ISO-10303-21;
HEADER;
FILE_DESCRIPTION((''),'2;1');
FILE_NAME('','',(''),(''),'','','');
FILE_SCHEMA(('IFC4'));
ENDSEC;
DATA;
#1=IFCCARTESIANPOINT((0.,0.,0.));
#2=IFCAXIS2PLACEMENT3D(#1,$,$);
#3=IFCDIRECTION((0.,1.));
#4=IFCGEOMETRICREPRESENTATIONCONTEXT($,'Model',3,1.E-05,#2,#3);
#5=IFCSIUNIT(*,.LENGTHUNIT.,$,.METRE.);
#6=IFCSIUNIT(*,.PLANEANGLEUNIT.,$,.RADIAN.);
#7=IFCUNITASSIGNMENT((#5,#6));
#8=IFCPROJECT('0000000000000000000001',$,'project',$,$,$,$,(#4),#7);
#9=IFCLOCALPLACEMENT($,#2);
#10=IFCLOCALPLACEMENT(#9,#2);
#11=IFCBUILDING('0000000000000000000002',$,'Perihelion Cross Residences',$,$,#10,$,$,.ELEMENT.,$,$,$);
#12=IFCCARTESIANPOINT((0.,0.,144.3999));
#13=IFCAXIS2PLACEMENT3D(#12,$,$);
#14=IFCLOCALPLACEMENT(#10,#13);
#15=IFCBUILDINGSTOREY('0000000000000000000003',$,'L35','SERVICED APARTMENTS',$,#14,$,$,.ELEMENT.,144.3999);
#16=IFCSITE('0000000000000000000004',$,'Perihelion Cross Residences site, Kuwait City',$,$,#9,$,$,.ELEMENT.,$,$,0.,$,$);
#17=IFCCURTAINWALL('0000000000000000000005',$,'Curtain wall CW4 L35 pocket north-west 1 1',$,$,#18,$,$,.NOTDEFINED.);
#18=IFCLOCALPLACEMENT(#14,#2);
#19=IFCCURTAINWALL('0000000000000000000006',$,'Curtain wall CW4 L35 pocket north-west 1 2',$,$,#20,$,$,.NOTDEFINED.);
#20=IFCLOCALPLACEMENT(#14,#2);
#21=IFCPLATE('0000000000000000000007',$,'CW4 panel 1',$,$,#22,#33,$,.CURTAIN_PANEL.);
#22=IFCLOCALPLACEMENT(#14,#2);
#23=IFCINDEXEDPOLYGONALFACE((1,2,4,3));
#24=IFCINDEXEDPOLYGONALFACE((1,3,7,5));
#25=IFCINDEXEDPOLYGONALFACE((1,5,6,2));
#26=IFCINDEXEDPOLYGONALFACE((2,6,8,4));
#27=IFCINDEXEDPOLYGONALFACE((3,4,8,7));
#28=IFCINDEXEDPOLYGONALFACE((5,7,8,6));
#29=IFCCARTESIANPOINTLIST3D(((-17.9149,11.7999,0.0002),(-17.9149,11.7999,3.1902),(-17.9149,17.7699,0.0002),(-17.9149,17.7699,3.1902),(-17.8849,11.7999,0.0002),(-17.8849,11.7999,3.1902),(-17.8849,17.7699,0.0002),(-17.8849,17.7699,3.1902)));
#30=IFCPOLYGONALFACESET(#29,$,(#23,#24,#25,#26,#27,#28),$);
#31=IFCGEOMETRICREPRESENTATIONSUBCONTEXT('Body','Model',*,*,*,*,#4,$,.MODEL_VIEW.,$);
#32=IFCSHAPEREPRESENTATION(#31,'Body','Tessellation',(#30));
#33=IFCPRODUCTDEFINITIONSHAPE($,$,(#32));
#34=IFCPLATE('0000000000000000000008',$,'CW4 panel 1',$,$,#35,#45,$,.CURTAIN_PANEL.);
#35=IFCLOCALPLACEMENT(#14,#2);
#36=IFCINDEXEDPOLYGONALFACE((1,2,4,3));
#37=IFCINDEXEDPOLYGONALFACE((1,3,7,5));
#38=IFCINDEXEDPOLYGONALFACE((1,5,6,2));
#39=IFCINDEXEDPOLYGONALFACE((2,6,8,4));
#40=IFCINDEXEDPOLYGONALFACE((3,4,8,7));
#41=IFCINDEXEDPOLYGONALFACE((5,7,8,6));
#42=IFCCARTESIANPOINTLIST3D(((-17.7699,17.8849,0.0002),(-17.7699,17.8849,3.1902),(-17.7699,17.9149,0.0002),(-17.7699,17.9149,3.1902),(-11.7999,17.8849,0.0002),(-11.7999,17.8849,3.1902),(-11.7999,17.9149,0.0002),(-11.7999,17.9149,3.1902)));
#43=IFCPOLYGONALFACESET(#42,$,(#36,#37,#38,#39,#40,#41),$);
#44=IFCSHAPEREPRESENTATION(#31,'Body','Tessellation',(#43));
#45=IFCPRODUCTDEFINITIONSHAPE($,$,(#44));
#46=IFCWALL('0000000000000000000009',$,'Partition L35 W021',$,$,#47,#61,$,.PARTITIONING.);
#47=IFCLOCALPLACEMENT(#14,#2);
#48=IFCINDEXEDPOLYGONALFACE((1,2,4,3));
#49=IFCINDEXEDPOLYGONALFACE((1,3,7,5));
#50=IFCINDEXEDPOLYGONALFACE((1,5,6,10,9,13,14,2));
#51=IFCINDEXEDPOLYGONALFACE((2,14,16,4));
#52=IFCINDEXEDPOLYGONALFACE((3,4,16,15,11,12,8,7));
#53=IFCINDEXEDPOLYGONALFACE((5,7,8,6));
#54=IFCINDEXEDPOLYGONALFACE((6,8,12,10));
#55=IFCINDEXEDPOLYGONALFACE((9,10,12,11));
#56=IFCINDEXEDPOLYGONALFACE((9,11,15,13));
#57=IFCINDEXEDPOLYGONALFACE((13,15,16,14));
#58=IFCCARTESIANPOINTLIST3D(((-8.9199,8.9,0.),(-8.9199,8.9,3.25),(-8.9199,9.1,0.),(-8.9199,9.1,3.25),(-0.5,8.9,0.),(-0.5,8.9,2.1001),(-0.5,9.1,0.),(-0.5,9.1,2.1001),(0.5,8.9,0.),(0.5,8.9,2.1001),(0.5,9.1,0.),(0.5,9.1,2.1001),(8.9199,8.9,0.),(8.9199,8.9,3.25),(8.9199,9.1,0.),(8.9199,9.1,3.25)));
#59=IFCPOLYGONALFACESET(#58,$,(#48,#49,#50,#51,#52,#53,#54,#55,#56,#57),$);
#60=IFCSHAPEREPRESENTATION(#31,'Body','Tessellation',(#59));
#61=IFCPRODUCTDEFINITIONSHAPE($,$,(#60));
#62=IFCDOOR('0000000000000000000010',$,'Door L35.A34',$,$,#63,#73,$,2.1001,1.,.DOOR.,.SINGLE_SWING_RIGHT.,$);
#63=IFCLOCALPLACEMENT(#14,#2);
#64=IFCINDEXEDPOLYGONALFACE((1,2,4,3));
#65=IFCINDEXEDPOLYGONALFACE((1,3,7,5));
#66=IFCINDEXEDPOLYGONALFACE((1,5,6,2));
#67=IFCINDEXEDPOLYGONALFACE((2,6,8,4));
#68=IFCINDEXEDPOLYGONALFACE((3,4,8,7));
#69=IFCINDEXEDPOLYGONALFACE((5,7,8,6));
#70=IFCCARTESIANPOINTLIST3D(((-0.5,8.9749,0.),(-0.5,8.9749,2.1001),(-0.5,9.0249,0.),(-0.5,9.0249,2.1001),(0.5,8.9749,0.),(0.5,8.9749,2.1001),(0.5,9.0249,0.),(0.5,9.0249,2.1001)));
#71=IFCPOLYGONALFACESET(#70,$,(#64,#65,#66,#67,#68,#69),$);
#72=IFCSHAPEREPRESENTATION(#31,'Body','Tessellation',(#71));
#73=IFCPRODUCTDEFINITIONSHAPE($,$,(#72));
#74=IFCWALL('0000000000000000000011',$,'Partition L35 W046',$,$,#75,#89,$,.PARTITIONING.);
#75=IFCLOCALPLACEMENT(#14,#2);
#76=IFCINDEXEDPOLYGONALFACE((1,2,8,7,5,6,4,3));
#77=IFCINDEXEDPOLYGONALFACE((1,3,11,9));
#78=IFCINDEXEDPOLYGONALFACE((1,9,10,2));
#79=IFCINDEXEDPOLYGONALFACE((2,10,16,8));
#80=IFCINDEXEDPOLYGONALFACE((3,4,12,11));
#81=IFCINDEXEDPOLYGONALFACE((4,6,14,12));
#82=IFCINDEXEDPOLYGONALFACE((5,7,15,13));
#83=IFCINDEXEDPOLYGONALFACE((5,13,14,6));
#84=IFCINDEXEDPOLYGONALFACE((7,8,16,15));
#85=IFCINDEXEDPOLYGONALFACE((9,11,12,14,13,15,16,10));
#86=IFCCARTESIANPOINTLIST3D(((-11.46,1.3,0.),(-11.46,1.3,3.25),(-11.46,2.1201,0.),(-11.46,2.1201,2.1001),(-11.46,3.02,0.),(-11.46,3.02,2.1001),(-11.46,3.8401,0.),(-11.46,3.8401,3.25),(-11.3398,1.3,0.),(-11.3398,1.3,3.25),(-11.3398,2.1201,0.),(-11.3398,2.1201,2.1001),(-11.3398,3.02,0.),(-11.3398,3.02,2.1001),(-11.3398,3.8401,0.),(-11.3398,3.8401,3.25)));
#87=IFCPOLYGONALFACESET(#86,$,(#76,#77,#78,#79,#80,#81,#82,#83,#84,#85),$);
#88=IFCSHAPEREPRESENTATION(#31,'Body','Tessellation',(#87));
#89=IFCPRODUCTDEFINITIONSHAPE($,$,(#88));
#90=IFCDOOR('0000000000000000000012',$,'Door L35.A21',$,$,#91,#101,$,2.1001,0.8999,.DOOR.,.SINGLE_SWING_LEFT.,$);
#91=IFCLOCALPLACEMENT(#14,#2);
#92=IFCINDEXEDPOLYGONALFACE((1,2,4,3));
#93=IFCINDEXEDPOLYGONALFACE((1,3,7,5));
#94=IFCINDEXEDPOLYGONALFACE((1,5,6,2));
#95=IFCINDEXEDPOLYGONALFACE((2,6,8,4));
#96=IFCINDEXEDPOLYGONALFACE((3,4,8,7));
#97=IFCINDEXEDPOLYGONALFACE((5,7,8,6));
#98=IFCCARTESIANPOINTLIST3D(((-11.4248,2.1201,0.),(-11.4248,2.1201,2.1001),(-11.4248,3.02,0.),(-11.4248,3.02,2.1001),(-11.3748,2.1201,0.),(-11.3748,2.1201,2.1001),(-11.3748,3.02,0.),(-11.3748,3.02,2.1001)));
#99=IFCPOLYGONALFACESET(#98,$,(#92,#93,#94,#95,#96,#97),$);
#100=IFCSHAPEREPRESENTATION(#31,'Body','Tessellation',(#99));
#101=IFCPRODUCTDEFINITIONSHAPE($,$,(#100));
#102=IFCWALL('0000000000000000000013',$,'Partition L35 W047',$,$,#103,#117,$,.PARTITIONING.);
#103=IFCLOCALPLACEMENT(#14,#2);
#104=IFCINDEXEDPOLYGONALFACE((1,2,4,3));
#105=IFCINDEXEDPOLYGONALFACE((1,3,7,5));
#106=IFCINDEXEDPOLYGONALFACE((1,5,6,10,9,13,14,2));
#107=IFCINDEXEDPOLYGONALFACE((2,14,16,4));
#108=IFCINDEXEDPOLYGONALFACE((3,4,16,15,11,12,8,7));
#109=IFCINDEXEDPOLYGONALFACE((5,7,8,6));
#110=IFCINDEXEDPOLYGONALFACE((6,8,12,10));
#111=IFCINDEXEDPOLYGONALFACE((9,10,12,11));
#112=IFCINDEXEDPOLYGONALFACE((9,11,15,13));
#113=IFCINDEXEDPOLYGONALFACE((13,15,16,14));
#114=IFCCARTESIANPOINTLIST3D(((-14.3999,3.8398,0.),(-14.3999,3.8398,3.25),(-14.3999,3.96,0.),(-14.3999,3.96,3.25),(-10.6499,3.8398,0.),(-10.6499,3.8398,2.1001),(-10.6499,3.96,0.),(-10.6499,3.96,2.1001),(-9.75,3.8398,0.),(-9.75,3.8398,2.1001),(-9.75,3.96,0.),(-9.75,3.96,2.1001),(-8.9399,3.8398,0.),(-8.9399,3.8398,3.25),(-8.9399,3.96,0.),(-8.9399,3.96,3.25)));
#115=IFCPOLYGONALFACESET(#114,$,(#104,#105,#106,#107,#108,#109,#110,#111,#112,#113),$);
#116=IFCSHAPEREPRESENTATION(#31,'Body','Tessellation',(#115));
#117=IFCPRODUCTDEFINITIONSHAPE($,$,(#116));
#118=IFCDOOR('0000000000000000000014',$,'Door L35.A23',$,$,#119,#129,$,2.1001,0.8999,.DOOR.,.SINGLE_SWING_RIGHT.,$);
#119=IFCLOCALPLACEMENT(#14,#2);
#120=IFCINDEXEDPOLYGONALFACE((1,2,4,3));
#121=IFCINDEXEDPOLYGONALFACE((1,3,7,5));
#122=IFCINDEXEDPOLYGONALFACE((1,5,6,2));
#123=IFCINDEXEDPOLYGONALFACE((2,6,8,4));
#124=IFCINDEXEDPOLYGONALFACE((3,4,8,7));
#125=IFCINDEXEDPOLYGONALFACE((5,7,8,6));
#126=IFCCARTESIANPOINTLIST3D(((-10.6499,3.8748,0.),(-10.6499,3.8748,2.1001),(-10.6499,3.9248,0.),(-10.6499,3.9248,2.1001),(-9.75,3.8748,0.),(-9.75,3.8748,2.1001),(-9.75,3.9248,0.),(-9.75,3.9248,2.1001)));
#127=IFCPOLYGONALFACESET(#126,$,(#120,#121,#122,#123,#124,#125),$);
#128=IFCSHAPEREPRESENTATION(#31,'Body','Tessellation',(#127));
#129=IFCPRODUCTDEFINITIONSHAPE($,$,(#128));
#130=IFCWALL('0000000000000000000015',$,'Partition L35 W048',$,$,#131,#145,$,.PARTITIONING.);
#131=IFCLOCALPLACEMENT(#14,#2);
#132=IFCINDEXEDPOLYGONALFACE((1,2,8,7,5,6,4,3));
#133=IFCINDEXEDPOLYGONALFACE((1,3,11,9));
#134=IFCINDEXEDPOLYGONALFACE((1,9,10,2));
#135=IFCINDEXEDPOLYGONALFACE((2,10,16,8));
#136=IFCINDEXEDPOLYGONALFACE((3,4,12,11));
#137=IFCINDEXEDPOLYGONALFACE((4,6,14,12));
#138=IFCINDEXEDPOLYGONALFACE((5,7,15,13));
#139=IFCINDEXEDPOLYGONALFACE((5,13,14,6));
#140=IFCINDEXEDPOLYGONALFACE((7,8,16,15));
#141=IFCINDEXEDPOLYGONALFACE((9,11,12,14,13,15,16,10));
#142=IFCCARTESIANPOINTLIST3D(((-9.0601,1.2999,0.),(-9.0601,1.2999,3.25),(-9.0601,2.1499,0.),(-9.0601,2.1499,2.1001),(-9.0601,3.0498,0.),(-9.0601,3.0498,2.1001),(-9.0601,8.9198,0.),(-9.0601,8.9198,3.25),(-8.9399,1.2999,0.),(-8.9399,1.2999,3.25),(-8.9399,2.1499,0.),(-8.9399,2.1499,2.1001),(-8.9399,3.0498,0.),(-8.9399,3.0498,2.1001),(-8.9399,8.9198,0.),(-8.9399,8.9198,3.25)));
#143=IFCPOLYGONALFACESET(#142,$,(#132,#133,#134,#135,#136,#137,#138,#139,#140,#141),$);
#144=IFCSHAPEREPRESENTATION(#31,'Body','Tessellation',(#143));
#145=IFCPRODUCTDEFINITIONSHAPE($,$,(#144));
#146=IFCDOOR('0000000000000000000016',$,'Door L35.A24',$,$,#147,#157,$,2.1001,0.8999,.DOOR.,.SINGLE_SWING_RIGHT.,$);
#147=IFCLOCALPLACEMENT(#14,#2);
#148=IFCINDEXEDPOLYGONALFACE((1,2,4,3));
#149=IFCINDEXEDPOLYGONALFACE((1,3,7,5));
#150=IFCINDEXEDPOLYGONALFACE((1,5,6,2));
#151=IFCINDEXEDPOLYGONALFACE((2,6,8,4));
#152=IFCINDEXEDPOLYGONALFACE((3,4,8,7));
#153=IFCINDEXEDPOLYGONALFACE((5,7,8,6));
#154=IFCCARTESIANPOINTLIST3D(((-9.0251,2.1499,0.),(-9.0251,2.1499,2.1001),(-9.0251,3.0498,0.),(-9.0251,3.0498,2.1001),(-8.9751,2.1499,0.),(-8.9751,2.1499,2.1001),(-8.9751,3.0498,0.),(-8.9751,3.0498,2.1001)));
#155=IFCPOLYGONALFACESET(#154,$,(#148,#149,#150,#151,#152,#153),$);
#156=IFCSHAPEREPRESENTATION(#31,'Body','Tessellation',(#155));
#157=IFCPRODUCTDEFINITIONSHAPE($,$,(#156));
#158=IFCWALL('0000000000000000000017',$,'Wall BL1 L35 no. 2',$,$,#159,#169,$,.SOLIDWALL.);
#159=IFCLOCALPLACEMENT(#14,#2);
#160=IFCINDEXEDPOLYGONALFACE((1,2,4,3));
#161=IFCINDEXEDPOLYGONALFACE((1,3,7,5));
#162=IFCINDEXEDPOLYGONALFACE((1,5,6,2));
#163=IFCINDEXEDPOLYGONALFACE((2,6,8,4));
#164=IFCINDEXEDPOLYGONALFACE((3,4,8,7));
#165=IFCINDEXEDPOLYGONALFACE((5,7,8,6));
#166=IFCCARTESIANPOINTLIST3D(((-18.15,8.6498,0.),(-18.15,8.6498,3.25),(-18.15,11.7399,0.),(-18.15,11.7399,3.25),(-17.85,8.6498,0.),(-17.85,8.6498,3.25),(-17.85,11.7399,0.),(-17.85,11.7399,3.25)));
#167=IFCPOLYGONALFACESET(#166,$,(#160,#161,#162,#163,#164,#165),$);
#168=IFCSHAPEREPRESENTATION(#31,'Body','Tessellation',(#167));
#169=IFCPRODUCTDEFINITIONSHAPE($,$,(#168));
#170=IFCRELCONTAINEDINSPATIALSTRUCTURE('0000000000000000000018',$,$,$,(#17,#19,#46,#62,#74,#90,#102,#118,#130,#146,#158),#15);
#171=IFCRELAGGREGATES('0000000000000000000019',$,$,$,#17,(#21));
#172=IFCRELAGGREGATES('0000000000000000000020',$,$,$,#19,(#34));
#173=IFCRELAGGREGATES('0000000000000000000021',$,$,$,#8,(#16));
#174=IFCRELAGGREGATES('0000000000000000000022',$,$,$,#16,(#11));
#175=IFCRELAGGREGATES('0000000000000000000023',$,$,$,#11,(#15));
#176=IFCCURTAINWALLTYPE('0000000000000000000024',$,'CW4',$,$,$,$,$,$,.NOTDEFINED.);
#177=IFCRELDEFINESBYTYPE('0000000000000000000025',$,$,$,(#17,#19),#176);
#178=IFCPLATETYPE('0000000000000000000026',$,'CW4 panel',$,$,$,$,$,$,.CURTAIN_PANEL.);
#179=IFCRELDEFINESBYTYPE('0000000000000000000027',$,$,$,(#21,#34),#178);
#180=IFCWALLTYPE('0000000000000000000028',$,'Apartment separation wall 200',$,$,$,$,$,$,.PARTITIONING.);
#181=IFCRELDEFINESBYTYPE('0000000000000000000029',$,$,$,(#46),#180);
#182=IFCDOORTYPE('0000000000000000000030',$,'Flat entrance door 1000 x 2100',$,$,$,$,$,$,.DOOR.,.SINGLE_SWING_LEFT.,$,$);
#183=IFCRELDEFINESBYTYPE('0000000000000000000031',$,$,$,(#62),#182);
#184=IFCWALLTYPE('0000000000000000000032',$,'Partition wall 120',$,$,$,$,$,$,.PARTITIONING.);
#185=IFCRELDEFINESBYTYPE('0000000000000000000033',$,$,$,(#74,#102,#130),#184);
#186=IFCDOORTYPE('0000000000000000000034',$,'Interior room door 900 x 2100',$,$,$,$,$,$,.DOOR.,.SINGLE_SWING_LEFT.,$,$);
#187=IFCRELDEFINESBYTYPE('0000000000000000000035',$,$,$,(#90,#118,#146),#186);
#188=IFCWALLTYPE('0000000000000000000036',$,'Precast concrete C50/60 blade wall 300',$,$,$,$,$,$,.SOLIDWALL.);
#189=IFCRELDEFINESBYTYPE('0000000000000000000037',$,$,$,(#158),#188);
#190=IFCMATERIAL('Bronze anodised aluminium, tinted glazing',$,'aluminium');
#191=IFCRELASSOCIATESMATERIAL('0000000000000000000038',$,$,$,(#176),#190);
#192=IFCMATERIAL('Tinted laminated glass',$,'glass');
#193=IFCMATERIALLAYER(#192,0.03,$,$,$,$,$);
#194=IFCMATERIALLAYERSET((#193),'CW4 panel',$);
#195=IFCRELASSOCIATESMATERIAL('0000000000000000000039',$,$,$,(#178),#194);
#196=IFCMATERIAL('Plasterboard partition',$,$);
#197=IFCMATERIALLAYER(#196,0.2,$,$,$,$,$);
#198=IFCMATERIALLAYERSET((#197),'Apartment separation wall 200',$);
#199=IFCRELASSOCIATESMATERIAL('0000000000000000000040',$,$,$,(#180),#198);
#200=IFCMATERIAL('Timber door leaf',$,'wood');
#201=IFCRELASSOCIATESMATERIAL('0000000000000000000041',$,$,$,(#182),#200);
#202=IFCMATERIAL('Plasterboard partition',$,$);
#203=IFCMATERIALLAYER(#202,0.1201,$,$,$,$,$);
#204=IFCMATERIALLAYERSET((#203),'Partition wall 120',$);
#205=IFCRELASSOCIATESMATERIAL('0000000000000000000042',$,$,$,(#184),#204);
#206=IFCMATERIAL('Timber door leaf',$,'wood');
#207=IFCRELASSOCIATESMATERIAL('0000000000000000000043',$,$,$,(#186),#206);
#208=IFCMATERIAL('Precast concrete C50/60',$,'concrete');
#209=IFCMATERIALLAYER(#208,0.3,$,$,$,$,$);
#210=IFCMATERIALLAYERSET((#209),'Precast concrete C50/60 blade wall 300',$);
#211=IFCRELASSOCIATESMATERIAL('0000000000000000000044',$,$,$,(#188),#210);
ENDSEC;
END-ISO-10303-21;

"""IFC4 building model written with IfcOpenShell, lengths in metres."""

from ifc_helpers import new_model, si_unit, direction, frame, frame_2d, origin, origin_2d, place, context, subcontext, project, spatial, rectangle, extrude, material, layer, layer_set, type_object, element, fill, aggregate, save


model = new_model("IFC4")

# Units and contexts
model_context = context("Model", 3, precision=1e-05, world=origin(), true_north=direction((0.0, 1.0)))
body_context = subcontext(model_context, "Body", "Model", "MODEL_VIEW")
ifc_project = project(units=[si_unit("LENGTHUNIT", "METRE"), si_unit("PLANEANGLEUNIT", "RADIAN")], contexts=[model_context])

# Site, building, storey
site_placement = place(None, origin())
site = spatial("IfcSite", under=ifc_project, at=site_placement, Name="Perihelion Cross Residences site, Kuwait City", CompositionType="ELEMENT", RefElevation=0.0)
building_placement = place(site_placement, origin())
building = spatial("IfcBuilding", under=site, at=building_placement, Name="Perihelion Cross Residences", CompositionType="ELEMENT")
storey_placement = place(building_placement, frame((0.0, 0.0, 144.3999)))
storey = spatial("IfcBuildingStorey", under=building, at=storey_placement, Name="L35", Description="SERVICED APARTMENTS", CompositionType="ELEMENT", Elevation=144.3999)

# Curtain walls
ifc_material_1 = material(Name="Bronze anodised aluminium, tinted glazing", Category="aluminium")
curtain_wall_type_1 = type_object("IfcCurtainWallType", Name="CW4", PredefinedType="NOTDEFINED", material=ifc_material_1)
curtain_wall_1_placement = place(storey_placement, origin())
curtain_wall_1 = element("IfcCurtainWall", 1, at=curtain_wall_1_placement, inside=storey, type_object=curtain_wall_type_1, Name="Curtain wall CW4 L35 pocket north-west 1 1", PredefinedType="NOTDEFINED")
curtain_wall_2_placement = place(storey_placement, origin())
curtain_wall_2 = element("IfcCurtainWall", 2, at=curtain_wall_2_placement, inside=storey, type_object=curtain_wall_type_1, Name="Curtain wall CW4 L35 pocket north-west 1 2", PredefinedType="NOTDEFINED")

# Plates
ifc_material_2 = material(Name="Tinted laminated glass", Category="glass")
ifc_layer_1 = layer(ifc_material_2, 0.03)
ifc_layer_set_1 = layer_set([ifc_layer_1], Name="CW4 panel")
plate_type_1 = type_object("IfcPlateType", Name="CW4 panel", PredefinedType="CURTAIN_PANEL", material=ifc_layer_set_1)
plate_1_placement = place(storey_placement, frame((-17.8999, 14.7849, 0.0002), z_axis=(0.0, 0.0, 1.0), x_axis=(0.0, 1.0, 0.0)))
plate_1 = element("IfcPlate", 3, at=plate_1_placement, type_object=plate_type_1, Name="CW4 panel 1", PredefinedType="CURTAIN_PANEL", context=body_context, shape_type="SweptSolid", body=[
    extrude(rectangle(XDim=5.97, YDim=0.03, at=origin_2d()), origin(), (0.0, 0.0, 1.0), 3.1899),
])
aggregate(curtain_wall_1, [plate_1])
plate_2_placement = place(storey_placement, frame((-14.7849, 17.8999, 0.0002), z_axis=(0.0, 0.0, 1.0), x_axis=(1.0, 0.0, 0.0)))
plate_2 = element("IfcPlate", 4, at=plate_2_placement, type_object=plate_type_1, Name="CW4 panel 1", PredefinedType="CURTAIN_PANEL", context=body_context, shape_type="SweptSolid", body=[
    extrude(rectangle(XDim=5.97, YDim=0.03, at=origin_2d()), origin(), (0.0, 0.0, 1.0), 3.1899),
])
aggregate(curtain_wall_2, [plate_2])

# Walls, openings, doors
ifc_material_3 = material(Name="Plasterboard partition")
ifc_layer_2 = layer(ifc_material_3, 0.2)
ifc_layer_set_2 = layer_set([ifc_layer_2], Name="Apartment separation wall 200")
wall_type_1 = type_object("IfcWallType", Name="Apartment separation wall 200", PredefinedType="PARTITIONING", material=ifc_layer_set_2)
wall_1_placement = place(storey_placement, frame((-8.9199, 9.0, 0.0), z_axis=(0.0, 0.0, 1.0), x_axis=(1.0, 0.0, 0.0)))
wall_1 = element("IfcWall", 5, at=wall_1_placement, inside=storey, type_object=wall_type_1, Name="Partition L35 W021", PredefinedType="PARTITIONING", context=body_context, shape_type="SweptSolid", body=[
    extrude(rectangle(XDim=17.8398, YDim=0.2, at=frame_2d((8.9199, 0.0))), origin(), (0.0, 0.0, 1.0), 3.25),
])
opening_1_placement = place(wall_1_placement, frame((8.4199, 0.0, 0.0)))
opening_1 = element("IfcOpeningElement", 6, at=opening_1_placement, cuts=wall_1, PredefinedType="OPENING", context=body_context, shape_type="SweptSolid", body=[
    extrude(rectangle(XDim=1.0, YDim=2.1001, at=frame_2d((0.5, 1.05))), frame((0.0, 0.1099, 0.0), z_axis=(0.0, -1.0, 0.0), x_axis=(1.0, 0.0, 0.0)), (0.0, 0.0, 1.0), 0.22),
])
ifc_material_4 = material(Name="Timber door leaf", Category="wood")
door_type_1 = type_object("IfcDoorType", Name="Flat entrance door 1000 x 2100", OperationType="SINGLE_SWING_LEFT", PredefinedType="DOOR", material=ifc_material_4)
door_1_placement = place(opening_1_placement, origin())
door_1 = element("IfcDoor", 7, at=door_1_placement, inside=storey, type_object=door_type_1, Name="Door L35.A34", OperationType="SINGLE_SWING_RIGHT", OverallHeight=2.1001, OverallWidth=1.0, PredefinedType="DOOR", context=body_context, shape_type="SweptSolid", body=[
    extrude(rectangle(XDim=1.0, YDim=2.1001, at=frame_2d((0.5, 1.05))), frame((0.0, 0.0249, 0.0), z_axis=(0.0, -1.0, 0.0), x_axis=(1.0, 0.0, 0.0)), (0.0, 0.0, 1.0), 0.05),
])
fill(opening_1, door_1)
ifc_material_5 = material(Name="Plasterboard partition")
ifc_layer_3 = layer(ifc_material_5, 0.1201)
ifc_layer_set_3 = layer_set([ifc_layer_3], Name="Partition wall 120")
wall_type_2 = type_object("IfcWallType", Name="Partition wall 120", PredefinedType="PARTITIONING", material=ifc_layer_set_3)
wall_2_placement = place(storey_placement, frame((-11.3999, 1.3, 0.0), z_axis=(0.0, 0.0, 1.0), x_axis=(0.0, 1.0, 0.0)))
wall_2 = element("IfcWall", 8, at=wall_2_placement, inside=storey, type_object=wall_type_2, Name="Partition L35 W046", PredefinedType="PARTITIONING", context=body_context, shape_type="SweptSolid", body=[
    extrude(rectangle(XDim=2.54, YDim=0.1201, at=frame_2d((1.27, 0.0))), origin(), (0.0, 0.0, 1.0), 3.25),
])
opening_2_placement = place(wall_2_placement, frame((0.8201, 0.0, 0.0)))
opening_2 = element("IfcOpeningElement", 9, at=opening_2_placement, cuts=wall_2, PredefinedType="OPENING", context=body_context, shape_type="SweptSolid", body=[
    extrude(rectangle(XDim=0.8999, YDim=2.1001, at=frame_2d((0.45, 1.05))), frame((0.0, 0.0701, 0.0), z_axis=(0.0, -1.0, 0.0), x_axis=(1.0, 0.0, 0.0)), (0.0, 0.0, 1.0), 0.1401),
])
ifc_material_6 = material(Name="Timber door leaf", Category="wood")
door_type_2 = type_object("IfcDoorType", Name="Interior room door 900 x 2100", OperationType="SINGLE_SWING_LEFT", PredefinedType="DOOR", material=ifc_material_6)
door_2_placement = place(opening_2_placement, origin())
door_2 = element("IfcDoor", 10, at=door_2_placement, inside=storey, type_object=door_type_2, Name="Door L35.A21", OperationType="SINGLE_SWING_LEFT", OverallHeight=2.1001, OverallWidth=0.8999, PredefinedType="DOOR", context=body_context, shape_type="SweptSolid", body=[
    extrude(rectangle(XDim=0.8999, YDim=2.1001, at=frame_2d((0.45, 1.05))), frame((0.0, 0.0249, 0.0), z_axis=(0.0, -1.0, 0.0), x_axis=(1.0, 0.0, 0.0)), (0.0, 0.0, 1.0), 0.05),
])
fill(opening_2, door_2)
wall_3_placement = place(storey_placement, frame((-14.3999, 3.8999, 0.0), z_axis=(0.0, 0.0, 1.0), x_axis=(1.0, 0.0, 0.0)))
wall_3 = element("IfcWall", 11, at=wall_3_placement, inside=storey, type_object=wall_type_2, Name="Partition L35 W047", PredefinedType="PARTITIONING", context=body_context, shape_type="SweptSolid", body=[
    extrude(rectangle(XDim=5.46, YDim=0.1201, at=frame_2d((2.73, 0.0))), origin(), (0.0, 0.0, 1.0), 3.25),
])
opening_3_placement = place(wall_3_placement, frame((3.75, 0.0, 0.0)))
opening_3 = element("IfcOpeningElement", 12, at=opening_3_placement, cuts=wall_3, PredefinedType="OPENING", context=body_context, shape_type="SweptSolid", body=[
    extrude(rectangle(XDim=0.8999, YDim=2.1001, at=frame_2d((0.45, 1.05))), frame((0.0, 0.0701, 0.0), z_axis=(0.0, -1.0, 0.0), x_axis=(1.0, 0.0, 0.0)), (0.0, 0.0, 1.0), 0.1401),
])
door_3_placement = place(opening_3_placement, origin())
door_3 = element("IfcDoor", 13, at=door_3_placement, inside=storey, type_object=door_type_2, Name="Door L35.A23", OperationType="SINGLE_SWING_RIGHT", OverallHeight=2.1001, OverallWidth=0.8999, PredefinedType="DOOR", context=body_context, shape_type="SweptSolid", body=[
    extrude(rectangle(XDim=0.8999, YDim=2.1001, at=frame_2d((0.45, 1.05))), frame((0.0, 0.0249, 0.0), z_axis=(0.0, -1.0, 0.0), x_axis=(1.0, 0.0, 0.0)), (0.0, 0.0, 1.0), 0.05),
])
fill(opening_3, door_3)
wall_4_placement = place(storey_placement, frame((-9.0, 8.9199, 0.0), z_axis=(0.0, 0.0, 1.0), x_axis=(0.0, -1.0, 0.0)))
wall_4 = element("IfcWall", 14, at=wall_4_placement, inside=storey, type_object=wall_type_2, Name="Partition L35 W048", PredefinedType="PARTITIONING", context=body_context, shape_type="SweptSolid", body=[
    extrude(rectangle(XDim=7.6199, YDim=0.1201, at=frame_2d((3.8101, 0.0))), origin(), (0.0, 0.0, 1.0), 3.25),
])
opening_4_placement = place(wall_4_placement, frame((5.8701, 0.0, 0.0)))
opening_4 = element("IfcOpeningElement", 15, at=opening_4_placement, cuts=wall_4, PredefinedType="OPENING", context=body_context, shape_type="SweptSolid", body=[
    extrude(rectangle(XDim=0.8999, YDim=2.1001, at=frame_2d((0.45, 1.05))), frame((0.0, 0.0701, 0.0), z_axis=(0.0, -1.0, 0.0), x_axis=(1.0, 0.0, 0.0)), (0.0, 0.0, 1.0), 0.1401),
])
door_4_placement = place(opening_4_placement, origin())
door_4 = element("IfcDoor", 16, at=door_4_placement, inside=storey, type_object=door_type_2, Name="Door L35.A24", OperationType="SINGLE_SWING_RIGHT", OverallHeight=2.1001, OverallWidth=0.8999, PredefinedType="DOOR", context=body_context, shape_type="SweptSolid", body=[
    extrude(rectangle(XDim=0.8999, YDim=2.1001, at=frame_2d((0.45, 1.05))), frame((0.0, 0.0249, 0.0), z_axis=(0.0, -1.0, 0.0), x_axis=(1.0, 0.0, 0.0)), (0.0, 0.0, 1.0), 0.05),
])
fill(opening_4, door_4)

# Wall
ifc_material_7 = material(Name="Precast concrete C50/60", Category="concrete")
ifc_layer_4 = layer(ifc_material_7, 0.3)
ifc_layer_set_4 = layer_set([ifc_layer_4], Name="Precast concrete C50/60 blade wall 300")
wall_type_3 = type_object("IfcWallType", Name="Precast concrete C50/60 blade wall 300", PredefinedType="SOLIDWALL", material=ifc_layer_set_4)
wall_5_placement = place(storey_placement, frame((-18.0, 8.6499, 0.0), z_axis=(0.0, 0.0, 1.0), x_axis=(0.0, 1.0, 0.0)))
element("IfcWall", 17, at=wall_5_placement, inside=storey, type_object=wall_type_3, Name="Wall BL1 L35 no. 2", PredefinedType="SOLIDWALL", context=body_context, shape_type="SweptSolid", body=[
    extrude(rectangle(XDim=3.0901, YDim=0.3, at=frame_2d((1.5449, 0.0))), origin(), (0.0, 0.0, 1.0), 3.25),
])

save(model, "model.ifc")
